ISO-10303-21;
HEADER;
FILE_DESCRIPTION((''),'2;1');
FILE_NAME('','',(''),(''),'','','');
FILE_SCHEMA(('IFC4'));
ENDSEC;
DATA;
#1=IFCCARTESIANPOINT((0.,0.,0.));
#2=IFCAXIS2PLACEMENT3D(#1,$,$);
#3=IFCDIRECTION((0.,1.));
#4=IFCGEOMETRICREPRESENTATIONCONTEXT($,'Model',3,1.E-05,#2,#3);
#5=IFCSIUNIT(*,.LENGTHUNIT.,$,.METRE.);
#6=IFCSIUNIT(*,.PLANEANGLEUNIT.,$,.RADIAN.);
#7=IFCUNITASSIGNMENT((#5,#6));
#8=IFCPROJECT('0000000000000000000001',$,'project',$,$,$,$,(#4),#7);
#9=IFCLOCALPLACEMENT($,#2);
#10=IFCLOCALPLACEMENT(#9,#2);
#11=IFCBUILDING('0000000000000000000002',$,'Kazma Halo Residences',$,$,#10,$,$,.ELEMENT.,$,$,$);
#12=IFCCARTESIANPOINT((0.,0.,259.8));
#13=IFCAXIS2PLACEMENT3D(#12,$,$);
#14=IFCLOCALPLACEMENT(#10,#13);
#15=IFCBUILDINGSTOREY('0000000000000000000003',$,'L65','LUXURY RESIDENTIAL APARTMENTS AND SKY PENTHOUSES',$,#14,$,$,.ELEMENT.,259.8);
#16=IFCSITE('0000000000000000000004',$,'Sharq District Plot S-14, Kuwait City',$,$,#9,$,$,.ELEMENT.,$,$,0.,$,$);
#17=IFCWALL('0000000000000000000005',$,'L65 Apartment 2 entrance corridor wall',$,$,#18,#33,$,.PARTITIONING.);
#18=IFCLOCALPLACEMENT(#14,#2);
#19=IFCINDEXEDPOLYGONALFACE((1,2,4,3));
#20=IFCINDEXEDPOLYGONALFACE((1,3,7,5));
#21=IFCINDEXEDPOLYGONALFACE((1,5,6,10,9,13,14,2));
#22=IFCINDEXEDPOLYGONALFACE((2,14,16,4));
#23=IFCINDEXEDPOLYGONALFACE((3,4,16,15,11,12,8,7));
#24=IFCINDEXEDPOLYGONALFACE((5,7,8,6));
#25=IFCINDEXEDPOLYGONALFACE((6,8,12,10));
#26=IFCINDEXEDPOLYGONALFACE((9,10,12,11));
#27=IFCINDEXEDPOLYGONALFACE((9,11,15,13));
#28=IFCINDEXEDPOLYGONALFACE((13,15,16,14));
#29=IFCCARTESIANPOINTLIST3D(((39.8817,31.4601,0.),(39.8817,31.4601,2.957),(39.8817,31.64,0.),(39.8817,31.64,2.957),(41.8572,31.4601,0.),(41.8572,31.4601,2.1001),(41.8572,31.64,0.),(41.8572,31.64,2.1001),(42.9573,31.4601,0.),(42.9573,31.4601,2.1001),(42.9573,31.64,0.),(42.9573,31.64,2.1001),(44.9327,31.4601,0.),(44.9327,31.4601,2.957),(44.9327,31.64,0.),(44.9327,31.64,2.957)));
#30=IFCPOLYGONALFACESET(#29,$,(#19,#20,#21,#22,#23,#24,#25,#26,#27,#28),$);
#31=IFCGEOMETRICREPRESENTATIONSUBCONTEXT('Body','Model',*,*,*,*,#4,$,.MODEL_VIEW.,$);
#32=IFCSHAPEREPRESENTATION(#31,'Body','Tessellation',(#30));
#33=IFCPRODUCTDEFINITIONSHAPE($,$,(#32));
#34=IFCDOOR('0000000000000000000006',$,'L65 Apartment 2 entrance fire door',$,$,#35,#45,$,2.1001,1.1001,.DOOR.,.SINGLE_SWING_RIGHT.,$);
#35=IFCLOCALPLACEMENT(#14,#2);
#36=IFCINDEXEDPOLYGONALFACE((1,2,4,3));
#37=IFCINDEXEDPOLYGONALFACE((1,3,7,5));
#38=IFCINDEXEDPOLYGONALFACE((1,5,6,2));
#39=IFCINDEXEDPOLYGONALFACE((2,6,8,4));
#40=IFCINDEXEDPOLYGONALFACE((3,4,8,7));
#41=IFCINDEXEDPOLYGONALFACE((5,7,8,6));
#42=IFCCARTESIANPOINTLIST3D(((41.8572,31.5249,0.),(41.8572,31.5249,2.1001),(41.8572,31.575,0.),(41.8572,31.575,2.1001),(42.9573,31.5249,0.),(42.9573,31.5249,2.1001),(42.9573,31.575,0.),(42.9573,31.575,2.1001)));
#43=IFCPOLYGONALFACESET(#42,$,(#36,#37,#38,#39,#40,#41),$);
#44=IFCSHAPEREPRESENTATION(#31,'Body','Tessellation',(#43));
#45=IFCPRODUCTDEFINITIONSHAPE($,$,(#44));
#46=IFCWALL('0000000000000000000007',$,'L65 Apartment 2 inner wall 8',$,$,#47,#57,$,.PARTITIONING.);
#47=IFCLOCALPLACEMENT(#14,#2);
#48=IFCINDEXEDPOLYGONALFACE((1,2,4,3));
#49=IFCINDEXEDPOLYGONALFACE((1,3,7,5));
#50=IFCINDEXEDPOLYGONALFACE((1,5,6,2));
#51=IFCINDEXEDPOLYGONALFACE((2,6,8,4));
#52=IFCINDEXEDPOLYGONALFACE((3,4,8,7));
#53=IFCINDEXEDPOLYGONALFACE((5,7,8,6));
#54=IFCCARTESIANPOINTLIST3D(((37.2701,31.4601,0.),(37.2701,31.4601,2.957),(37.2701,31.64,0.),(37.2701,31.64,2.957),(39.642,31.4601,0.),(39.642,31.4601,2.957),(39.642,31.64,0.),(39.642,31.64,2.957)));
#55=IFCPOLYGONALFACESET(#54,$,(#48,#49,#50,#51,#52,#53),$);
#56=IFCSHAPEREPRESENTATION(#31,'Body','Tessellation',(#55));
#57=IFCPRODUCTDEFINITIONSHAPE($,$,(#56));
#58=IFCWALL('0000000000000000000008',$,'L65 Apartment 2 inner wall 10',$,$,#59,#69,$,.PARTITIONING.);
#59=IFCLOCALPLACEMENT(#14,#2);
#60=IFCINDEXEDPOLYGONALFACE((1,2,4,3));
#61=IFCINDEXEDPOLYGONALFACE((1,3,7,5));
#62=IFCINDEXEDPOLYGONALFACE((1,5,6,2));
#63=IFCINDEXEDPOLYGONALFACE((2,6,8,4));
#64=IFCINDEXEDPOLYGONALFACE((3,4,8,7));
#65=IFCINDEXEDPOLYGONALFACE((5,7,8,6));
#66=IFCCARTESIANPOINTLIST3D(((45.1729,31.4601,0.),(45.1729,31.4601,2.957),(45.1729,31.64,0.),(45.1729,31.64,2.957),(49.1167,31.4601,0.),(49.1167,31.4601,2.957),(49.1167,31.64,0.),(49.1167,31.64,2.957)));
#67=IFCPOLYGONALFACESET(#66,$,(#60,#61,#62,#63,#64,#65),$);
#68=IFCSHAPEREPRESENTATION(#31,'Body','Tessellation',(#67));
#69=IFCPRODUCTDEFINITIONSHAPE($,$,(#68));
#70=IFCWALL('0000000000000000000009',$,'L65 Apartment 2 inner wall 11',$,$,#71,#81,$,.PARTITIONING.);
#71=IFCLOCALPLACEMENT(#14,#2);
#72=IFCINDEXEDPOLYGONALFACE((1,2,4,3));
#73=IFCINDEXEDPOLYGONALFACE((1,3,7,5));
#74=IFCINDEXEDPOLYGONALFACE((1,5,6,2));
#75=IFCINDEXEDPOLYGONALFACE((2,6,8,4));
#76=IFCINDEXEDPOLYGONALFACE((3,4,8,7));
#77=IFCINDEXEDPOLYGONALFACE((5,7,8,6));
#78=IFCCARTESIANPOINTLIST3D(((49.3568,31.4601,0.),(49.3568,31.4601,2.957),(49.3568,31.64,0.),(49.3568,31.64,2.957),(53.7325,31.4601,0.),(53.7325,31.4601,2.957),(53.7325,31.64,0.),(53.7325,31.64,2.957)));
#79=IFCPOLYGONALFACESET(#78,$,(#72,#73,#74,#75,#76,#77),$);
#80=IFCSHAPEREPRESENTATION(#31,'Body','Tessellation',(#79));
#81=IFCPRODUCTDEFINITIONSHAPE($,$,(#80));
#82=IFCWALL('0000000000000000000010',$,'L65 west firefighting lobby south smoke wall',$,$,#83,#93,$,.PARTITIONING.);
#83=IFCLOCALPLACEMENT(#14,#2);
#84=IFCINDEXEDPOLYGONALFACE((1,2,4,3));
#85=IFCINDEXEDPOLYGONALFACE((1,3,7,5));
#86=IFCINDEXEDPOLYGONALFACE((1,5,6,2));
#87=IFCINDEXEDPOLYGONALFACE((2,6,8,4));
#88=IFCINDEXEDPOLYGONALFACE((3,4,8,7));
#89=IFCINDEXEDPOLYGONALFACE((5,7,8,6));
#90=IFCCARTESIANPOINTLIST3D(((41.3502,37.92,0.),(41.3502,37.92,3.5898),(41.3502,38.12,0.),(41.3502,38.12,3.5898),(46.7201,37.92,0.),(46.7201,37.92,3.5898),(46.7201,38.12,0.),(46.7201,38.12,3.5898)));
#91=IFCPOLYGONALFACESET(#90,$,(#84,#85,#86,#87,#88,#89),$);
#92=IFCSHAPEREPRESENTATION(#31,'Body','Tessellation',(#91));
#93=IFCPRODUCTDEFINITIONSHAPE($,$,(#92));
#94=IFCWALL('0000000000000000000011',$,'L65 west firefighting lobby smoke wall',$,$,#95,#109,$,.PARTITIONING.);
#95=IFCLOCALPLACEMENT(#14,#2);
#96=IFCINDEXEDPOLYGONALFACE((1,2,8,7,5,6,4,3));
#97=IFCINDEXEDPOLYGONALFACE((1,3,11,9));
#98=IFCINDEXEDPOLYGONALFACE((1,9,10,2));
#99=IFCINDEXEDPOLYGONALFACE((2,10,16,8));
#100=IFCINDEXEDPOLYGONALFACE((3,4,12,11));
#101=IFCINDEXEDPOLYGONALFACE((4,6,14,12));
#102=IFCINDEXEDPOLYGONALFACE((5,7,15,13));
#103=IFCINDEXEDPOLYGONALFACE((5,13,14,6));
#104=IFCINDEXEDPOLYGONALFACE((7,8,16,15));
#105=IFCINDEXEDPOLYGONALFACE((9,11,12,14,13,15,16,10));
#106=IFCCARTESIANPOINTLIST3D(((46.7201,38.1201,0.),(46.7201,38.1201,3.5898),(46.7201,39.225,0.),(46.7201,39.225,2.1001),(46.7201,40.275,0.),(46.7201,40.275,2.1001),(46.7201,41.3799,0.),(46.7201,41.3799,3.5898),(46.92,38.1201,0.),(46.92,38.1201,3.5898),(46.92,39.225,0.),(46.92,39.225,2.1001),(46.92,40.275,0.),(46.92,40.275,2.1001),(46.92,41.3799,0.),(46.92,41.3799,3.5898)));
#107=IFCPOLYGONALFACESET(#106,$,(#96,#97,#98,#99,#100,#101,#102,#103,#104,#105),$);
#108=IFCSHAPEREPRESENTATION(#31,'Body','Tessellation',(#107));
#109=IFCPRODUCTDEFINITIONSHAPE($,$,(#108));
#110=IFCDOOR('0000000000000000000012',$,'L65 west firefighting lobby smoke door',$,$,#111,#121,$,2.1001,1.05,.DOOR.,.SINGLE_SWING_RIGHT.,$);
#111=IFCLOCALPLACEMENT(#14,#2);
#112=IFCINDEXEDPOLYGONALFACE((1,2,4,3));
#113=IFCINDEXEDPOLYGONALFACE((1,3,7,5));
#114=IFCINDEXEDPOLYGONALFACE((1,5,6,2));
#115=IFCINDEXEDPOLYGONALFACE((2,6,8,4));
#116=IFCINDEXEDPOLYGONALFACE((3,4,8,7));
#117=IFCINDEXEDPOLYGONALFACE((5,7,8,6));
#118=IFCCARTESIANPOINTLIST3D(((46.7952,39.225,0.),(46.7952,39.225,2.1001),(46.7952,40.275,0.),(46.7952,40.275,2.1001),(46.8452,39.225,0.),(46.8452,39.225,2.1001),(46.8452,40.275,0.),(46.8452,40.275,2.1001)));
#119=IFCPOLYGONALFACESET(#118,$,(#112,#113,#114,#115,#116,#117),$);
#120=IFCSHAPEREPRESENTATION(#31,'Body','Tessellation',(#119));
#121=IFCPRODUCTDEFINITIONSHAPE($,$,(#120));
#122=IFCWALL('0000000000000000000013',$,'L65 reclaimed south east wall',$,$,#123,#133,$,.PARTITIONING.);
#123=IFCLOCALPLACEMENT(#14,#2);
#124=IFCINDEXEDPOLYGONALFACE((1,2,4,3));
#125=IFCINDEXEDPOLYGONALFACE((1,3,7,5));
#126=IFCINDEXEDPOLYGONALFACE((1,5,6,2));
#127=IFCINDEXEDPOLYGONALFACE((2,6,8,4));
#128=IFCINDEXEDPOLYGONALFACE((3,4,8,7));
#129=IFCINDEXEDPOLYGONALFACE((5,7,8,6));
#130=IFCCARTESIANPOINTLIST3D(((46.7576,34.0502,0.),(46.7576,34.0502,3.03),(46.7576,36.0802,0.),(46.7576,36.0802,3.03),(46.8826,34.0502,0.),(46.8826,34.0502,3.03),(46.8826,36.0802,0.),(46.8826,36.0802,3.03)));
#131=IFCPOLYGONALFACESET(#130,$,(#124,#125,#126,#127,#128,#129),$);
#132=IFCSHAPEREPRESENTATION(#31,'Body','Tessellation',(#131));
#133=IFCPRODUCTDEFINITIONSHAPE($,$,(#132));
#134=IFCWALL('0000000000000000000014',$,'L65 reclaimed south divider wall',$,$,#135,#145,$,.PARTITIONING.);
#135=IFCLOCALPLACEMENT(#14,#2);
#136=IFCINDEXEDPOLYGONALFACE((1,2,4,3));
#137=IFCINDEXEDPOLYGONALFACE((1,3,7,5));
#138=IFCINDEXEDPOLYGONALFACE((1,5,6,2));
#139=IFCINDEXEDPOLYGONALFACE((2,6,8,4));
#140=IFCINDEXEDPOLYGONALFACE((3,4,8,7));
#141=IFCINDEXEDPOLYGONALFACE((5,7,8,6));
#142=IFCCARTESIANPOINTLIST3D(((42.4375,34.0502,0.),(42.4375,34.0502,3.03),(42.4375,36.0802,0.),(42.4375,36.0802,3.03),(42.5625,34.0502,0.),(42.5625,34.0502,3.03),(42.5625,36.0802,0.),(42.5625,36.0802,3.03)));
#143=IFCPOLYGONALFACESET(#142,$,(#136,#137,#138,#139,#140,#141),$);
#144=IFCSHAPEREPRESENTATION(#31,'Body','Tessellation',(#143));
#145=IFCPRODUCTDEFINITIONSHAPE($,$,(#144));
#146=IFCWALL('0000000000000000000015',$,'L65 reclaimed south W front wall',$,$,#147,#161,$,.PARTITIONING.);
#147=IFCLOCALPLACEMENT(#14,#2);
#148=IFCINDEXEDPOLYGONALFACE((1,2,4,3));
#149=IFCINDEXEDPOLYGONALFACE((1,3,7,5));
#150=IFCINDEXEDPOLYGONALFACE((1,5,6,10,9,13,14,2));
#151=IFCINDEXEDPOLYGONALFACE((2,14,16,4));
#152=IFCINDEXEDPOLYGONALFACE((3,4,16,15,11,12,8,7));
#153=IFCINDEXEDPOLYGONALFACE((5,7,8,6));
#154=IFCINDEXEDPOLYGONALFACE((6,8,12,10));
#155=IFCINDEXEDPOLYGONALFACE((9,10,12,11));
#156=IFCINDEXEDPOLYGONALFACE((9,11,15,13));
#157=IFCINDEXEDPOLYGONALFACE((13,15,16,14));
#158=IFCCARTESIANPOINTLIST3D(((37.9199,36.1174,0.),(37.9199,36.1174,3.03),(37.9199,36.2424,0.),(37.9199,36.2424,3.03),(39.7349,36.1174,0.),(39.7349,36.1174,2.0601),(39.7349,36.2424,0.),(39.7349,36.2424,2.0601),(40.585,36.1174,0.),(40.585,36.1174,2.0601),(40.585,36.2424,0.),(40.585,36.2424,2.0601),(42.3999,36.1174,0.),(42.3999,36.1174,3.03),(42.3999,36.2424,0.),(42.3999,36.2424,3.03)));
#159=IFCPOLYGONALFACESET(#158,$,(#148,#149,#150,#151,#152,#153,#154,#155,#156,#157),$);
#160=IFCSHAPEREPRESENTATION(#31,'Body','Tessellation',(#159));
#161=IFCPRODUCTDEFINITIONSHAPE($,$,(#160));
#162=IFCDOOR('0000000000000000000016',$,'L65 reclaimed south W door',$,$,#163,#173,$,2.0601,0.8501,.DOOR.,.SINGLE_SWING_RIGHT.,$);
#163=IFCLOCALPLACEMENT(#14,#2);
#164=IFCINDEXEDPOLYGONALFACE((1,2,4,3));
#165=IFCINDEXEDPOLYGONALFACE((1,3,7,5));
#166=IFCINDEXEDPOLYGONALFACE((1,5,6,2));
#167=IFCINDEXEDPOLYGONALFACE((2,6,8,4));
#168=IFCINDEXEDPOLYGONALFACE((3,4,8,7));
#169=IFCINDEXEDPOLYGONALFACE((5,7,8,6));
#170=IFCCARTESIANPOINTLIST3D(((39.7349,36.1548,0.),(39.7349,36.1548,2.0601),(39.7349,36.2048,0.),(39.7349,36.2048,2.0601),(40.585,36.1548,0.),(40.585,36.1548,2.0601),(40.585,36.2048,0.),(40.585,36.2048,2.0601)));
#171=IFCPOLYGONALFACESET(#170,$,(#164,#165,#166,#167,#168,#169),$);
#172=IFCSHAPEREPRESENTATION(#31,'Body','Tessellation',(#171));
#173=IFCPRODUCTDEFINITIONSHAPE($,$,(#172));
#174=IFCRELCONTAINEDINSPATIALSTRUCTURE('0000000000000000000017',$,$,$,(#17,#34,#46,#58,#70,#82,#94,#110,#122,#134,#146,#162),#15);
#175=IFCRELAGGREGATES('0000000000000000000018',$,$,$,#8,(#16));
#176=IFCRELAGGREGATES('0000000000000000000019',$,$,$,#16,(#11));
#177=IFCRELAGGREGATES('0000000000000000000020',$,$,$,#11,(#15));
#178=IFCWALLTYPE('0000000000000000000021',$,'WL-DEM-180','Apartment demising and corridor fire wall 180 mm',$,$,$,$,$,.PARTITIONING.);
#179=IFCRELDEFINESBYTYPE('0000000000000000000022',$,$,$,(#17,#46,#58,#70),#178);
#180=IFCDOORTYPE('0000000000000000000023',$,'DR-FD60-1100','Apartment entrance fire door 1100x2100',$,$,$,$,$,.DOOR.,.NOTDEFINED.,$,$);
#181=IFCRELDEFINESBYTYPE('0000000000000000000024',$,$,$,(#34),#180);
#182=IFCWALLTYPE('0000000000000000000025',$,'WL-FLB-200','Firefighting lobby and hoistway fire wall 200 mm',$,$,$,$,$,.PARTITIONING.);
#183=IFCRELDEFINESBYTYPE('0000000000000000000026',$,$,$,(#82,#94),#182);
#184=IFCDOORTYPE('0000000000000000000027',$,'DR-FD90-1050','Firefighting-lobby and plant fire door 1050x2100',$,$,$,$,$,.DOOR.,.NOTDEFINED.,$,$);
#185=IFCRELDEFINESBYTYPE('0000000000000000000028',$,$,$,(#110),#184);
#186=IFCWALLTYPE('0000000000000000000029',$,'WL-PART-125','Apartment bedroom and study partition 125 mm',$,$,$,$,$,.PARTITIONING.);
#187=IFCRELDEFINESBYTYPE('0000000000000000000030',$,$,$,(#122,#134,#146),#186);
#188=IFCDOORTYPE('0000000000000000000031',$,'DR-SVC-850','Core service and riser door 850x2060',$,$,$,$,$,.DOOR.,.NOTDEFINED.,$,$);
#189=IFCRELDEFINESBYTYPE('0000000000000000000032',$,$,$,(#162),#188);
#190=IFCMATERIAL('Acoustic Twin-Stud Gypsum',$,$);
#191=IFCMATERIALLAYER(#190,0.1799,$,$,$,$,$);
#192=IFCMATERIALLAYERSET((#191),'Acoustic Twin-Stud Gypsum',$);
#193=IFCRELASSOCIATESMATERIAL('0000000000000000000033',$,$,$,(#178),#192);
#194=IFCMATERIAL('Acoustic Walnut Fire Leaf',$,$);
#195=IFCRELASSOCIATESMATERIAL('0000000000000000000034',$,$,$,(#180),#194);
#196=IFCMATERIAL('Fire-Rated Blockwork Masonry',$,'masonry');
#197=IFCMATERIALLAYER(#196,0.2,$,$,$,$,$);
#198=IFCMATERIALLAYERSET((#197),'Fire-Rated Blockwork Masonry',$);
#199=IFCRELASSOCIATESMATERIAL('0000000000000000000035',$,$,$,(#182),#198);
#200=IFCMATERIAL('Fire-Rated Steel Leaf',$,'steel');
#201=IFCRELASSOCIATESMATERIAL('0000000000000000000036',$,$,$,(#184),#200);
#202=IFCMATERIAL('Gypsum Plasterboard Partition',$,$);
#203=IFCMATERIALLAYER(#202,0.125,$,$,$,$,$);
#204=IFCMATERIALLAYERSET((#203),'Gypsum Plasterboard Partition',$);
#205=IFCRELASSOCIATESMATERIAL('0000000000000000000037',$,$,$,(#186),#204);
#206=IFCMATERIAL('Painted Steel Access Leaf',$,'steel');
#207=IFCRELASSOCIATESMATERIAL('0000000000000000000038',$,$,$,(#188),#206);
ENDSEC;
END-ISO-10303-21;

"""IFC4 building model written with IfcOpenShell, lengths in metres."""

from ifc_helpers import new_model, si_unit, direction, frame, frame_2d, origin, place, context, subcontext, project, spatial, rectangle, extrude, material, layer, layer_set, type_object, element, fill, save


model = new_model("IFC4")

# Units and contexts
model_context = context("Model", 3, precision=1e-05, world=origin(), true_north=direction((0.0, 1.0)))
body_context = subcontext(model_context, "Body", "Model", "MODEL_VIEW")
ifc_project = project(units=[si_unit("LENGTHUNIT", "METRE"), si_unit("PLANEANGLEUNIT", "RADIAN")], contexts=[model_context])

# Site, building, storey
site_placement = place(None, origin())
site = spatial("IfcSite", under=ifc_project, at=site_placement, Name="Sharq District Plot S-14, Kuwait City", CompositionType="ELEMENT", RefElevation=0.0)
building_placement = place(site_placement, origin())
building = spatial("IfcBuilding", under=site, at=building_placement, Name="Kazma Halo Residences", CompositionType="ELEMENT")
storey_placement = place(building_placement, frame((0.0, 0.0, 259.8)))
storey = spatial("IfcBuildingStorey", under=building, at=storey_placement, Name="L65", Description="LUXURY RESIDENTIAL APARTMENTS AND SKY PENTHOUSES", CompositionType="ELEMENT", Elevation=259.8)

# Shared definitions
ifc_material_1 = material(Name="Acoustic Twin-Stud Gypsum")
ifc_layer_1 = layer(ifc_material_1, 0.1799)
ifc_layer_set_1 = layer_set([ifc_layer_1], Name="Acoustic Twin-Stud Gypsum")
wall_type_1 = type_object("IfcWallType", Name="WL-DEM-180", Description="Apartment demising and corridor fire wall 180 mm", PredefinedType="PARTITIONING", material=ifc_layer_set_1)

# Wall, opening, door
wall_1_placement = place(storey_placement, frame((39.8818, 31.55, 0.0), z_axis=(0.0, 0.0, 1.0), x_axis=(1.0, 0.0, 0.0)))
wall_1 = element("IfcWall", 1, at=wall_1_placement, inside=storey, type_object=wall_type_1, Name="L65 Apartment 2 entrance corridor wall", PredefinedType="PARTITIONING", context=body_context, shape_type="SweptSolid", body=[
    extrude(rectangle(XDim=5.051, YDim=0.1799, at=frame_2d((2.5254, 0.0))), origin(), (0.0, 0.0, 1.0), 2.957),
])
opening_1_placement = place(wall_1_placement, frame((1.9753, 0.0, 0.0)))
opening_1 = element("IfcOpeningElement", 2, at=opening_1_placement, cuts=wall_1, PredefinedType="OPENING", context=body_context, shape_type="SweptSolid", body=[
    extrude(rectangle(XDim=1.1001, YDim=2.1001, at=frame_2d((0.55, 1.05))), frame((0.0, 0.0999, 0.0), z_axis=(0.0, -1.0, 0.0), x_axis=(1.0, 0.0, 0.0)), (0.0, 0.0, 1.0), 0.2),
])
ifc_material_2 = material(Name="Acoustic Walnut Fire Leaf")
door_type_1 = type_object("IfcDoorType", Name="DR-FD60-1100", Description="Apartment entrance fire door 1100x2100", OperationType="NOTDEFINED", PredefinedType="DOOR", material=ifc_material_2)
door_1_placement = place(opening_1_placement, origin())
door_1 = element("IfcDoor", 3, at=door_1_placement, inside=storey, type_object=door_type_1, Name="L65 Apartment 2 entrance fire door", OperationType="SINGLE_SWING_RIGHT", OverallHeight=2.1001, OverallWidth=1.1001, PredefinedType="DOOR", context=body_context, shape_type="SweptSolid", body=[
    extrude(rectangle(XDim=1.1001, YDim=2.1001, at=frame_2d((0.55, 1.05))), frame((0.0, 0.0249, 0.0), z_axis=(0.0, -1.0, 0.0), x_axis=(1.0, 0.0, 0.0)), (0.0, 0.0, 1.0), 0.05),
])
fill(opening_1, door_1)

# Walls
wall_2_placement = place(storey_placement, frame((37.27, 31.55, 0.0), z_axis=(0.0, 0.0, 1.0), x_axis=(1.0, 0.0, 0.0)))
element("IfcWall", 4, at=wall_2_placement, inside=storey, type_object=wall_type_1, Name="L65 Apartment 2 inner wall 8", PredefinedType="PARTITIONING", context=body_context, shape_type="SweptSolid", body=[
    extrude(rectangle(XDim=2.3718, YDim=0.1799, at=frame_2d((1.186, 0.0))), origin(), (0.0, 0.0, 1.0), 2.957),
])
wall_3_placement = place(storey_placement, frame((45.1729, 31.55, 0.0), z_axis=(0.0, 0.0, 1.0), x_axis=(1.0, 0.0, 0.0)))
element("IfcWall", 5, at=wall_3_placement, inside=storey, type_object=wall_type_1, Name="L65 Apartment 2 inner wall 10", PredefinedType="PARTITIONING", context=body_context, shape_type="SweptSolid", body=[
    extrude(rectangle(XDim=3.9438, YDim=0.1799, at=frame_2d((1.9719, 0.0))), origin(), (0.0, 0.0, 1.0), 2.957),
])
wall_4_placement = place(storey_placement, frame((49.3567, 31.55, 0.0), z_axis=(0.0, 0.0, 1.0), x_axis=(1.0, 0.0, 0.0)))
element("IfcWall", 6, at=wall_4_placement, inside=storey, type_object=wall_type_1, Name="L65 Apartment 2 inner wall 11", PredefinedType="PARTITIONING", context=body_context, shape_type="SweptSolid", body=[
    extrude(rectangle(XDim=4.3757, YDim=0.1799, at=frame_2d((2.188, 0.0))), origin(), (0.0, 0.0, 1.0), 2.957),
])
ifc_material_3 = material(Name="Fire-Rated Blockwork Masonry", Category="masonry")
ifc_layer_2 = layer(ifc_material_3, 0.2)
ifc_layer_set_2 = layer_set([ifc_layer_2], Name="Fire-Rated Blockwork Masonry")
wall_type_2 = type_object("IfcWallType", Name="WL-FLB-200", Description="Firefighting lobby and hoistway fire wall 200 mm", PredefinedType="PARTITIONING", material=ifc_layer_set_2)
wall_5_placement = place(storey_placement, frame((41.3501, 38.02, 0.0), z_axis=(0.0, 0.0, 1.0), x_axis=(1.0, 0.0, 0.0)))
element("IfcWall", 7, at=wall_5_placement, inside=storey, type_object=wall_type_2, Name="L65 west firefighting lobby south smoke wall", PredefinedType="PARTITIONING", context=body_context, shape_type="SweptSolid", body=[
    extrude(rectangle(XDim=5.3699, YDim=0.2, at=frame_2d((2.6851, 0.0))), origin(), (0.0, 0.0, 1.0), 3.5898),
])

# Wall, opening, door
wall_6_placement = place(storey_placement, frame((46.8201, 38.1201, 0.0), z_axis=(0.0, 0.0, 1.0), x_axis=(0.0, 1.0, 0.0)))
wall_6 = element("IfcWall", 8, at=wall_6_placement, inside=storey, type_object=wall_type_2, Name="L65 west firefighting lobby smoke wall", PredefinedType="PARTITIONING", context=body_context, shape_type="SweptSolid", body=[
    extrude(rectangle(XDim=3.2598, YDim=0.2, at=frame_2d((1.6299, 0.0))), origin(), (0.0, 0.0, 1.0), 3.5898),
])
opening_2_placement = place(wall_6_placement, frame((1.105, 0.0, 0.0)))
opening_2 = element("IfcOpeningElement", 9, at=opening_2_placement, cuts=wall_6, PredefinedType="OPENING", context=body_context, shape_type="SweptSolid", body=[
    extrude(rectangle(XDim=1.05, YDim=2.1001, at=frame_2d((0.5249, 1.05))), frame((0.0, 0.1099, 0.0), z_axis=(0.0, -1.0, 0.0), x_axis=(1.0, 0.0, 0.0)), (0.0, 0.0, 1.0), 0.22),
])
ifc_material_4 = material(Name="Fire-Rated Steel Leaf", Category="steel")
door_type_2 = type_object("IfcDoorType", Name="DR-FD90-1050", Description="Firefighting-lobby and plant fire door 1050x2100", OperationType="NOTDEFINED", PredefinedType="DOOR", material=ifc_material_4)
door_2_placement = place(opening_2_placement, origin())
door_2 = element("IfcDoor", 10, at=door_2_placement, inside=storey, type_object=door_type_2, Name="L65 west firefighting lobby smoke door", OperationType="SINGLE_SWING_RIGHT", OverallHeight=2.1001, OverallWidth=1.05, PredefinedType="DOOR", context=body_context, shape_type="SweptSolid", body=[
    extrude(rectangle(XDim=1.05, YDim=2.1001, at=frame_2d((0.5249, 1.05))), frame((0.0, 0.0249, 0.0), z_axis=(0.0, -1.0, 0.0), x_axis=(1.0, 0.0, 0.0)), (0.0, 0.0, 1.0), 0.05),
])
fill(opening_2, door_2)

# Walls
ifc_material_5 = material(Name="Gypsum Plasterboard Partition")
ifc_layer_3 = layer(ifc_material_5, 0.125)
ifc_layer_set_3 = layer_set([ifc_layer_3], Name="Gypsum Plasterboard Partition")
wall_type_3 = type_object("IfcWallType", Name="WL-PART-125", Description="Apartment bedroom and study partition 125 mm", PredefinedType="PARTITIONING", material=ifc_layer_set_3)
for number, where, z_axis, x_axis, name in (
    (11, (46.8201, 34.05, 0.0), (0.0, 0.0, 1.0), (0.0, 1.0, 0.0), "L65 reclaimed south east wall"),
    (12, (42.5, 34.05, 0.0), (0.0, 0.0, 1.0), (0.0, 1.0, 0.0), "L65 reclaimed south divider wall"),
):
    element("IfcWall", number, at=place(storey_placement, frame(where, z_axis=z_axis, x_axis=x_axis)), inside=storey, type_object=wall_type_3, Name=name, PredefinedType="PARTITIONING", context=body_context, shape_type="SweptSolid", body=[
        extrude(rectangle(XDim=2.03, YDim=0.125, at=frame_2d((1.0151, 0.0))), origin(), (0.0, 0.0, 1.0), 3.03),
    ])

# Wall, opening, door
wall_7_placement = place(storey_placement, frame((37.9199, 36.1799, 0.0), z_axis=(0.0, 0.0, 1.0), x_axis=(1.0, 0.0, 0.0)))
wall_7 = element("IfcWall", 13, at=wall_7_placement, inside=storey, type_object=wall_type_3, Name="L65 reclaimed south W front wall", PredefinedType="PARTITIONING", context=body_context, shape_type="SweptSolid", body=[
    extrude(rectangle(XDim=4.48, YDim=0.125, at=frame_2d((2.24, 0.0))), origin(), (0.0, 0.0, 1.0), 3.03),
])
opening_3_placement = place(wall_7_placement, frame((1.8149, 0.0, 0.0)))
opening_3 = element("IfcOpeningElement", 14, at=opening_3_placement, cuts=wall_7, PredefinedType="OPENING", context=body_context, shape_type="SweptSolid", body=[
    extrude(rectangle(XDim=0.8501, YDim=2.0601, at=frame_2d((0.425, 1.03))), frame((0.0, 0.0725, 0.0), z_axis=(0.0, -1.0, 0.0), x_axis=(1.0, 0.0, 0.0)), (0.0, 0.0, 1.0), 0.145),
])
ifc_material_6 = material(Name="Painted Steel Access Leaf", Category="steel")
door_type_3 = type_object("IfcDoorType", Name="DR-SVC-850", Description="Core service and riser door 850x2060", OperationType="NOTDEFINED", PredefinedType="DOOR", material=ifc_material_6)
door_3_placement = place(opening_3_placement, origin())
door_3 = element("IfcDoor", 15, at=door_3_placement, inside=storey, type_object=door_type_3, Name="L65 reclaimed south W door", OperationType="SINGLE_SWING_RIGHT", OverallHeight=2.0601, OverallWidth=0.8501, PredefinedType="DOOR", context=body_context, shape_type="SweptSolid", body=[
    extrude(rectangle(XDim=0.8501, YDim=2.0601, at=frame_2d((0.425, 1.03))), frame((0.0, 0.0249, 0.0), z_axis=(0.0, -1.0, 0.0), x_axis=(1.0, 0.0, 0.0)), (0.0, 0.0, 1.0), 0.05),
])
fill(opening_3, door_3)

save(model, "model.ifc")
